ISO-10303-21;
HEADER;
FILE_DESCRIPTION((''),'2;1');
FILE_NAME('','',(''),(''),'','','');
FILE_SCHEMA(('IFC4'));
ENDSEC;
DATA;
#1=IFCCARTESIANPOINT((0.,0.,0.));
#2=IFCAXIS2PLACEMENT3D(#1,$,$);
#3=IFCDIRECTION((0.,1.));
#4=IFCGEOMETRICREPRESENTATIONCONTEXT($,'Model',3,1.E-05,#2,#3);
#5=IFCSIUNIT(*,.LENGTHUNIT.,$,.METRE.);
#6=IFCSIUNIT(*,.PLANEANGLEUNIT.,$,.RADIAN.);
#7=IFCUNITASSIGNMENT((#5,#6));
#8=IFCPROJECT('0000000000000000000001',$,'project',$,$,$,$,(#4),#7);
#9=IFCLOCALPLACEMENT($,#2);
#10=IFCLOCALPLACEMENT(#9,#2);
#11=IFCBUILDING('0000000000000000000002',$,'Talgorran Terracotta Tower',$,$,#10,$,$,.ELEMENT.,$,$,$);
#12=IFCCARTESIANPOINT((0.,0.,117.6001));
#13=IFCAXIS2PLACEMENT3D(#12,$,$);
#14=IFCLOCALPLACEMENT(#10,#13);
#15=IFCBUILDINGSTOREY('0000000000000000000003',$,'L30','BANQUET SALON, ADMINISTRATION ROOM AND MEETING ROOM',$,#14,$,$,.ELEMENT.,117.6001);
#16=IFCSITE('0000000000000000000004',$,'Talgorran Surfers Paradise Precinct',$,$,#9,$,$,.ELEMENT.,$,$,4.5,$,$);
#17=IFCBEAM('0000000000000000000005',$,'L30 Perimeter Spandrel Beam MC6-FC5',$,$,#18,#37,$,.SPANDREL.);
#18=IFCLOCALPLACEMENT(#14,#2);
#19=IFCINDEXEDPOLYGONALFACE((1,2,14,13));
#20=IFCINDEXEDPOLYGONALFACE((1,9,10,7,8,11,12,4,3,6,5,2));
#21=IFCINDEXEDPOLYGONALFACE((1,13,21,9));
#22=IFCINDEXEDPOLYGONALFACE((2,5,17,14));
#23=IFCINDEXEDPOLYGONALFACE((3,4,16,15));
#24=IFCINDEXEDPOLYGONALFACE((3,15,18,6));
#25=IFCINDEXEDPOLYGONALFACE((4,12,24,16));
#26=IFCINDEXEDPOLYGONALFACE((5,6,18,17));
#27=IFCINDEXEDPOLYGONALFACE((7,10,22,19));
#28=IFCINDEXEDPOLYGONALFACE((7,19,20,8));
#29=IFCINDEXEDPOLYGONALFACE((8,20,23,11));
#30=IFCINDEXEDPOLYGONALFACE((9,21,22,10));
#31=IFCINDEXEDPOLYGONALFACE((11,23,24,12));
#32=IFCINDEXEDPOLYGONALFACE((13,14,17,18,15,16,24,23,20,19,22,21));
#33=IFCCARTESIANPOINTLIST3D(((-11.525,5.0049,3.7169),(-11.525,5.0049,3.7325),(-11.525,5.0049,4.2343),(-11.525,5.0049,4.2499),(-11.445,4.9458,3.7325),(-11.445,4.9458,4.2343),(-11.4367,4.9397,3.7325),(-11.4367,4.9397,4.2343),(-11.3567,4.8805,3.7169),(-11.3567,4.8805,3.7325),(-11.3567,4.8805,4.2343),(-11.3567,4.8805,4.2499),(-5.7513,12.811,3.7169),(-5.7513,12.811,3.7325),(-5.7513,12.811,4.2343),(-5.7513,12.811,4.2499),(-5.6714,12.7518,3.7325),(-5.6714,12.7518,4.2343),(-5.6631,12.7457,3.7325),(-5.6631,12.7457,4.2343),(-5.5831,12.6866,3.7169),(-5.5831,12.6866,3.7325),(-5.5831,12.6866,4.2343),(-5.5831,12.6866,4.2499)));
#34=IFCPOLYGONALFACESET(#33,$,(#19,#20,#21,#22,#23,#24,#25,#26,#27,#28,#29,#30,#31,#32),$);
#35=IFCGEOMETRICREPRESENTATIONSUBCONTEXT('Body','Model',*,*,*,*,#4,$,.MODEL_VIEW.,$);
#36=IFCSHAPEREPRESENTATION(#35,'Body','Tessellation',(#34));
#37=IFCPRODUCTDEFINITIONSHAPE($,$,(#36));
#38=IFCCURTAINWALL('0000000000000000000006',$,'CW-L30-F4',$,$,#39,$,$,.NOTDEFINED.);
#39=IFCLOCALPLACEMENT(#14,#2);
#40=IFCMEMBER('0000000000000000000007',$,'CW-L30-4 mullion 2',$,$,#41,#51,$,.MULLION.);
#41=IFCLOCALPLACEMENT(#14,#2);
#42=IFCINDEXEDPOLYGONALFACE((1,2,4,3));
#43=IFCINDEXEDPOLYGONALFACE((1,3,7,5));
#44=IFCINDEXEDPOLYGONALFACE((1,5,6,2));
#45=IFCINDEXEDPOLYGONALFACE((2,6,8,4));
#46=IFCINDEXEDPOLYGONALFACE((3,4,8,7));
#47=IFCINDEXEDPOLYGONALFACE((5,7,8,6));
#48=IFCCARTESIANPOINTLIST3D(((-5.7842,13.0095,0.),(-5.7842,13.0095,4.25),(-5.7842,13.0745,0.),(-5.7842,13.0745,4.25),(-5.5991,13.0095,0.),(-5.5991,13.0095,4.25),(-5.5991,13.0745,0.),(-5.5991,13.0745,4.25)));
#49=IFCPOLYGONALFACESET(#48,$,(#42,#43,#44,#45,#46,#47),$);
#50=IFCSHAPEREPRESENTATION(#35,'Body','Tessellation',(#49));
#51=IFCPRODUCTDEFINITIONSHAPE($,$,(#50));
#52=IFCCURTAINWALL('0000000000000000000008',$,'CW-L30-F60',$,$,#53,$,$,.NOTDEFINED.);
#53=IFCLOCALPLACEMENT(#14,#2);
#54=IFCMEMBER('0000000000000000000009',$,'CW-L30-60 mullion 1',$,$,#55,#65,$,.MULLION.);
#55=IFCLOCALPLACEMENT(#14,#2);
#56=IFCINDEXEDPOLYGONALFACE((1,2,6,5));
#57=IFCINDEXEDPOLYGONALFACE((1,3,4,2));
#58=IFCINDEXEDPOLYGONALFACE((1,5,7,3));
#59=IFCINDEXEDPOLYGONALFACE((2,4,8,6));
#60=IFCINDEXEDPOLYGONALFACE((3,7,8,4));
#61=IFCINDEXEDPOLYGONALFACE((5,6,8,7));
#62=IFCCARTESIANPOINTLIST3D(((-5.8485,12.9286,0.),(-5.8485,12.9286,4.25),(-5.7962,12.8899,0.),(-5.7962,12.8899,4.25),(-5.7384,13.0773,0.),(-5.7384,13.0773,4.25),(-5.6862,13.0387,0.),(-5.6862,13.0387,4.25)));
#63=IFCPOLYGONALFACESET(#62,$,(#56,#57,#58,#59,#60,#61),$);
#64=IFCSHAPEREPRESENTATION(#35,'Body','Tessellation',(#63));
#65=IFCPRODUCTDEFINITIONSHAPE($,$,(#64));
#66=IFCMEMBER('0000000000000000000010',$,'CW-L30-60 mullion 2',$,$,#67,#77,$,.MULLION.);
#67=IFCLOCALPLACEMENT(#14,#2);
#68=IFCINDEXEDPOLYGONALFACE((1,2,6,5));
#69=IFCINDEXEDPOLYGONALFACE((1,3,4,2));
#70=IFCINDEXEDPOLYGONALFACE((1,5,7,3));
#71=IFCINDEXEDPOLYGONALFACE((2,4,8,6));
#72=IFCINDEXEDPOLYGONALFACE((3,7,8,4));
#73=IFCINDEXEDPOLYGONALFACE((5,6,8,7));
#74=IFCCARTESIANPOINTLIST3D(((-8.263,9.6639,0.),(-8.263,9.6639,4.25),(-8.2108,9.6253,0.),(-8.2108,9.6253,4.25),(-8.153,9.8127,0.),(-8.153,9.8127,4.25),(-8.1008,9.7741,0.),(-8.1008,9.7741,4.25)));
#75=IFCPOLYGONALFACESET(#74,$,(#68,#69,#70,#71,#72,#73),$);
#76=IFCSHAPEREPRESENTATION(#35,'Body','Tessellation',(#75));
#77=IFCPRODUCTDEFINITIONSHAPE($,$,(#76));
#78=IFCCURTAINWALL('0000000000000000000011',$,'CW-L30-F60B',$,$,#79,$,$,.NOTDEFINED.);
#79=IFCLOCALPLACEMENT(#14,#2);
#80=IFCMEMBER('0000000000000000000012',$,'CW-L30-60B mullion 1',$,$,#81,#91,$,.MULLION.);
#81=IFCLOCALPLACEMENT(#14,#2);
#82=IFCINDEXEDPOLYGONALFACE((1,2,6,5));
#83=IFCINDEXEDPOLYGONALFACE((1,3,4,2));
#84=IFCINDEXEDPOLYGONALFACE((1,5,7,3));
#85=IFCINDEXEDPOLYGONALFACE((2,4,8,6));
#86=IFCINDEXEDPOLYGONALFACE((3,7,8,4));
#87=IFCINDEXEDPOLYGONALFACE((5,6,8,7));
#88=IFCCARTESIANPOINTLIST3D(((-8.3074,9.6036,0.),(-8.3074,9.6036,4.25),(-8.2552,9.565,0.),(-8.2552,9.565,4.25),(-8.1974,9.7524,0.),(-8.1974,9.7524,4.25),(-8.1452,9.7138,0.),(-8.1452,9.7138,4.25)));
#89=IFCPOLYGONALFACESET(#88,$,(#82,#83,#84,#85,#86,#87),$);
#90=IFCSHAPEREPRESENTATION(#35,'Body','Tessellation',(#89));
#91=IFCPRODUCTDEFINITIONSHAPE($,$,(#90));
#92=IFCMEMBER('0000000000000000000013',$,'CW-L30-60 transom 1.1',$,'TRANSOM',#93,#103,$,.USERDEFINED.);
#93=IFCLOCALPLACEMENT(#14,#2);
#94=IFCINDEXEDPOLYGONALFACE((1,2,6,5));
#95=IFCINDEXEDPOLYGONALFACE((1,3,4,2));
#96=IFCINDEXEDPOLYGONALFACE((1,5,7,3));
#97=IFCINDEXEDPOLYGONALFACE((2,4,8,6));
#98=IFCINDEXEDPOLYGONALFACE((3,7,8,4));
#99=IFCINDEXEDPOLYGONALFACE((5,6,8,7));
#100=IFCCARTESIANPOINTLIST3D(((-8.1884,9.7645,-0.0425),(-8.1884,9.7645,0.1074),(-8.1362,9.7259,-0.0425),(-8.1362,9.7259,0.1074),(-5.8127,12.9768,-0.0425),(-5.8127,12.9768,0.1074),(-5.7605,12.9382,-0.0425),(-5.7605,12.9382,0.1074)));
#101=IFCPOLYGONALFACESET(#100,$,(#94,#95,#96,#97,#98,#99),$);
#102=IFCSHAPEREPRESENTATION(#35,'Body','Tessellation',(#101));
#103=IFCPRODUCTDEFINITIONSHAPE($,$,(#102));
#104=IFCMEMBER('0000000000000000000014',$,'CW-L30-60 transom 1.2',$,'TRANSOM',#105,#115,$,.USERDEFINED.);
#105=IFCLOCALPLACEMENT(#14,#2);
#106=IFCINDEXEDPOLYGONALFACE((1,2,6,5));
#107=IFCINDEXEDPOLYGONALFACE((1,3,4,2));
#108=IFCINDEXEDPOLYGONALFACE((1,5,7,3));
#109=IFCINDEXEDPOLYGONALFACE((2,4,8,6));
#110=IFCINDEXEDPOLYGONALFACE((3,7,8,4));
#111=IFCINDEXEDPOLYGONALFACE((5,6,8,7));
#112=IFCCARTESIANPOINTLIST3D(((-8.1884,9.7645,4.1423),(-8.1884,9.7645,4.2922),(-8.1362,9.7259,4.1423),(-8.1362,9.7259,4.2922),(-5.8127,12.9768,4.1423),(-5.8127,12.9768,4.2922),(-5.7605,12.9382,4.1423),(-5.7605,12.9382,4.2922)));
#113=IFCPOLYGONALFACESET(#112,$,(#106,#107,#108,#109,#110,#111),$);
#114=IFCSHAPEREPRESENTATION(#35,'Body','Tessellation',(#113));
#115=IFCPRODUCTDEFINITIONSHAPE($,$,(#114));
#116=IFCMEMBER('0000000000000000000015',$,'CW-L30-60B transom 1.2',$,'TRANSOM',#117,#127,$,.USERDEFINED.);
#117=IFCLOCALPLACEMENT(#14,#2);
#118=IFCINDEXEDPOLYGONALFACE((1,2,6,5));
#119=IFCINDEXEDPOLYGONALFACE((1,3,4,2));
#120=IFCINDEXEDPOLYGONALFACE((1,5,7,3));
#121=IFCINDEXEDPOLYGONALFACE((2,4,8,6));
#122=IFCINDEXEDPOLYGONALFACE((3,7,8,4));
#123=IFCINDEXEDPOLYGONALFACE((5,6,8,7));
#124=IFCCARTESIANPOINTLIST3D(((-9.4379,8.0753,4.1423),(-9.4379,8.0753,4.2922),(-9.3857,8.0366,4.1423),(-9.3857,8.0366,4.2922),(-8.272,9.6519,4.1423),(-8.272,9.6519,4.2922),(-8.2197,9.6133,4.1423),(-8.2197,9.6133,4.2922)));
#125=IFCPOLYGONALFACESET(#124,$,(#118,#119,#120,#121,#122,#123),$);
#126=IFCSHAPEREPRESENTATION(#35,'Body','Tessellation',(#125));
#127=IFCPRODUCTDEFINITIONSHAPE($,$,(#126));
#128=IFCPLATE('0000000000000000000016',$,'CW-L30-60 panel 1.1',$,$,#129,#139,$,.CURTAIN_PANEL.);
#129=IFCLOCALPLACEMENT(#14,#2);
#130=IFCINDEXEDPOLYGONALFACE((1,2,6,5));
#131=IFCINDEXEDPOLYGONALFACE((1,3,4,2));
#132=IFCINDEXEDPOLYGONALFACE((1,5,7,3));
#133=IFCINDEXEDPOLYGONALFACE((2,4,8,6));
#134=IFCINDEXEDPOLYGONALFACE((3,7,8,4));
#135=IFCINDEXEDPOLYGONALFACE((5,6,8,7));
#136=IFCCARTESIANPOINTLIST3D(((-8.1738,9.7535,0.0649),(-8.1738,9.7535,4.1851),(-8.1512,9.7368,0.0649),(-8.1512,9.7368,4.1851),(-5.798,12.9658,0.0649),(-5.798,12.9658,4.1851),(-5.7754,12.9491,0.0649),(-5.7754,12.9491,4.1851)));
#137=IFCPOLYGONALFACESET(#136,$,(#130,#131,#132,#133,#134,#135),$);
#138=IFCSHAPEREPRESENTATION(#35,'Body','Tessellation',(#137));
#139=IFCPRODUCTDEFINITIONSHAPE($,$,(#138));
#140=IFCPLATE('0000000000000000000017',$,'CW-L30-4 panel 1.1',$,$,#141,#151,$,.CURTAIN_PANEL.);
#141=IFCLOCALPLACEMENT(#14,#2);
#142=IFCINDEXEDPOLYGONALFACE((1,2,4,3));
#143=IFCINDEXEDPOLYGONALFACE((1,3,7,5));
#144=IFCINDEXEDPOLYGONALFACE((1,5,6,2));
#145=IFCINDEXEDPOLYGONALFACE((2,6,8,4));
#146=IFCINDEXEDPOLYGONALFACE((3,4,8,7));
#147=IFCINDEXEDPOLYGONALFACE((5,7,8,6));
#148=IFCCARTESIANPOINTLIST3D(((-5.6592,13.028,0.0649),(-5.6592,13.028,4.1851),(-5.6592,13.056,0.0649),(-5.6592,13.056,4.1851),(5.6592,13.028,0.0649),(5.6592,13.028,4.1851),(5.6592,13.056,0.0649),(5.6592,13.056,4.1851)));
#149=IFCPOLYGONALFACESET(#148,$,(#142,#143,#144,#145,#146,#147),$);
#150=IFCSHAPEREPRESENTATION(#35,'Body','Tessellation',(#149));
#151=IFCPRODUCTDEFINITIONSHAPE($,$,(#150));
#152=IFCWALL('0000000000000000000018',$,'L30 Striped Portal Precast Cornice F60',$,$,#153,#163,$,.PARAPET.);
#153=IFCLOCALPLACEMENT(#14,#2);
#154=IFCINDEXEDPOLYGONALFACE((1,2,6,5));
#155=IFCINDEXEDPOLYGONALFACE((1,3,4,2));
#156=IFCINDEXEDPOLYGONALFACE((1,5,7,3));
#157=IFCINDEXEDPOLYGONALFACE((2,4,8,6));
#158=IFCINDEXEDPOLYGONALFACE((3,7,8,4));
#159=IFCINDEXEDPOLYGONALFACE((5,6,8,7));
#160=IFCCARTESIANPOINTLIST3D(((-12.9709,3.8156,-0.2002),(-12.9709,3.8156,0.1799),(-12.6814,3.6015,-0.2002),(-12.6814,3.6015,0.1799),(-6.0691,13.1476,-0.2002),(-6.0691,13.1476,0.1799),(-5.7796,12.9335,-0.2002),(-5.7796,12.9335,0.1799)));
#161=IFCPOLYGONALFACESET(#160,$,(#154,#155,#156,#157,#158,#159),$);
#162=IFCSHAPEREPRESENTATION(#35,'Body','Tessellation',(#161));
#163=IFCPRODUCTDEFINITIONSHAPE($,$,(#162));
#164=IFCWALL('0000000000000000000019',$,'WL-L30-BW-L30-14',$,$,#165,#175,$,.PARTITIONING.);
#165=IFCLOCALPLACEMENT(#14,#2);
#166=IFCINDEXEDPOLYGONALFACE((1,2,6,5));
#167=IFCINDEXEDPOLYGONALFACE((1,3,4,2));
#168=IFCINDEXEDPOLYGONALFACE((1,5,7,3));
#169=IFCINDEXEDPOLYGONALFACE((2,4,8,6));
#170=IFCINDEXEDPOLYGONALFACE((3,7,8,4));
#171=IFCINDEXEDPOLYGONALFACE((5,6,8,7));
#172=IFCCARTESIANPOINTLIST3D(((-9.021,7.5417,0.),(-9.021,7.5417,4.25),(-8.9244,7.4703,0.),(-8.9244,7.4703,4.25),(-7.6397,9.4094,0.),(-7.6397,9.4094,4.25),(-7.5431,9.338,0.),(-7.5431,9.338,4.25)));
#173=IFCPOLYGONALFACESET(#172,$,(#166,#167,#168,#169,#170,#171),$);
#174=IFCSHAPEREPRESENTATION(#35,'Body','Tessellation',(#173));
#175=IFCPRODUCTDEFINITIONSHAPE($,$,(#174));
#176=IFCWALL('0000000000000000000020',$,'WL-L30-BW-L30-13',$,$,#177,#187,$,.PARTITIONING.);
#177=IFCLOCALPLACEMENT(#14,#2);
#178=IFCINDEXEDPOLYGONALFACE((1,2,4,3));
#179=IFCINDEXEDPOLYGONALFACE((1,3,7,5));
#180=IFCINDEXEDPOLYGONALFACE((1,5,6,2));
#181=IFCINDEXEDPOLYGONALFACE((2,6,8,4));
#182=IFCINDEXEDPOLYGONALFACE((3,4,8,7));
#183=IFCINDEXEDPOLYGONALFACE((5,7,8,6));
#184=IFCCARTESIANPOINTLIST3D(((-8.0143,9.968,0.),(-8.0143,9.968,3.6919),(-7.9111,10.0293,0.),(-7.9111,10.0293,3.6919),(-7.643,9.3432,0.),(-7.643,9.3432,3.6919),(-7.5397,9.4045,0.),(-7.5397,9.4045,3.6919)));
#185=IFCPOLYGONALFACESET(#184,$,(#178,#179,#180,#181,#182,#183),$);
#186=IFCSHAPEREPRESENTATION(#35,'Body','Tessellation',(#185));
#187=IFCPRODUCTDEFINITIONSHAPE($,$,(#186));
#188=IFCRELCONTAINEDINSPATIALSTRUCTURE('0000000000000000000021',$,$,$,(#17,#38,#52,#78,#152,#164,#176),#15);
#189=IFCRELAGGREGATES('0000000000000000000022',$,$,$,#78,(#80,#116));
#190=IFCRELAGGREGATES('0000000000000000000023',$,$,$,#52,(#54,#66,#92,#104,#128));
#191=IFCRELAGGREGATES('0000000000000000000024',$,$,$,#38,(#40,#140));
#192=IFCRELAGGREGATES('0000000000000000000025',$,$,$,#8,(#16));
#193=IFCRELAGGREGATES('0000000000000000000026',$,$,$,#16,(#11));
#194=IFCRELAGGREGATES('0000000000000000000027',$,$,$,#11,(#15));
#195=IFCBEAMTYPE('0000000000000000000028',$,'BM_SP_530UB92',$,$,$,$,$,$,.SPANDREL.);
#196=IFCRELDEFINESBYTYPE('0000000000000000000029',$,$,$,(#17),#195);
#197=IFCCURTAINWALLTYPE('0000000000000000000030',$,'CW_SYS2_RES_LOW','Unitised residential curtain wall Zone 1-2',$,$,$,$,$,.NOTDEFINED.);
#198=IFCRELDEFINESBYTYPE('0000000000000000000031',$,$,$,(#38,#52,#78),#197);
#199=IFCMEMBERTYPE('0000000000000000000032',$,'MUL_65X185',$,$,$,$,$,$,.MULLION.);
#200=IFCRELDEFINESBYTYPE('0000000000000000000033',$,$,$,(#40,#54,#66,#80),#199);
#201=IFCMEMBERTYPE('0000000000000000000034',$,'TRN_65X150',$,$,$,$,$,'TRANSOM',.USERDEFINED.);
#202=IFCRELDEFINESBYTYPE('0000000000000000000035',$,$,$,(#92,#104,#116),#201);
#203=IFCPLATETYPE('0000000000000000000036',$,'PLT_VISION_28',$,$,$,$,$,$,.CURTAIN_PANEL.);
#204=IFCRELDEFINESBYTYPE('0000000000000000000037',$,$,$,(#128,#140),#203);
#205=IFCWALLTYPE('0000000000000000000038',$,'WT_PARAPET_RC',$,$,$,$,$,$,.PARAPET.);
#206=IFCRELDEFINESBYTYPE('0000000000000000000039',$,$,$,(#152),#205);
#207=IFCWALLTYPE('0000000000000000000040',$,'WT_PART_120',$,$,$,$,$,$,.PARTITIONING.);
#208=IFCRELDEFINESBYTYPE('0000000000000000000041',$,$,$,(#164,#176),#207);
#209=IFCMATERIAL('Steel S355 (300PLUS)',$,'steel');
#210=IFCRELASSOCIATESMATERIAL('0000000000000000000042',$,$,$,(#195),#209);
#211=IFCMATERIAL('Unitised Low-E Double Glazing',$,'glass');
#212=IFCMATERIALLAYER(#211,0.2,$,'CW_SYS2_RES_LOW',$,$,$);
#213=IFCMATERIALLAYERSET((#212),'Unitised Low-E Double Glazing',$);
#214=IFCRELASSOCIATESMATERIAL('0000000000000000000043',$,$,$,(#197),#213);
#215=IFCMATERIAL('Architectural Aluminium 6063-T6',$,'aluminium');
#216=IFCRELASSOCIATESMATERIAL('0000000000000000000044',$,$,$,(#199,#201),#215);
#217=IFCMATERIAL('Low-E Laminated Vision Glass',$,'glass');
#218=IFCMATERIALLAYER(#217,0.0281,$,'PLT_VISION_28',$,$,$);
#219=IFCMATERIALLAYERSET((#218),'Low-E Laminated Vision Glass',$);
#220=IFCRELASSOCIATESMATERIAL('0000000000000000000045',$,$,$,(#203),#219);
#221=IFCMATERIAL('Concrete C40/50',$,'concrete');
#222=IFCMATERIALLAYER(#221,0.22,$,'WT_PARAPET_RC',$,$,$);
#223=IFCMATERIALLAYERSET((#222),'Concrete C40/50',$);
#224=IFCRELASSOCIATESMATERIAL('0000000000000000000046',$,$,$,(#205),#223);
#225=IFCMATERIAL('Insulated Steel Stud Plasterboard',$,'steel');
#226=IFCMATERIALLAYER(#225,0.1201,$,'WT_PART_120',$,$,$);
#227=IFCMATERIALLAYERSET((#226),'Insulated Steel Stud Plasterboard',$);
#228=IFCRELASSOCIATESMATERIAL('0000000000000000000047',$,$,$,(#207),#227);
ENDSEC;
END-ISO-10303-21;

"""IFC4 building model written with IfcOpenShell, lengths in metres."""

from ifc_helpers import new_model, si_unit, direction, frame, frame_2d, origin, origin_2d, place, context, subcontext, project, spatial, rectangle, i_section, extrude, source, transform, mapped, material, layer, layer_set, material_profile, profile_set, type_object, type_shapes, element, aggregate, save


model = new_model("IFC4")

# Units and contexts
model_context = context("Model", 3, precision=1e-05, world=origin(), true_north=direction((0.0, 1.0)))
body_context = subcontext(model_context, "Body", "Model", "MODEL_VIEW")
ifc_project = project(units=[si_unit("LENGTHUNIT", "METRE"), si_unit("PLANEANGLEUNIT", "RADIAN")], contexts=[model_context])

# Site, building, storey
site_placement = place(None, origin())
site = spatial("IfcSite", under=ifc_project, at=site_placement, Name="Talgorran Surfers Paradise Precinct", CompositionType="ELEMENT", RefElevation=4.5)
building_placement = place(site_placement, origin())
building = spatial("IfcBuilding", under=site, at=building_placement, Name="Talgorran Terracotta Tower", CompositionType="ELEMENT")
storey_placement = place(building_placement, frame((0.0, 0.0, 117.6001)))
storey = spatial("IfcBuildingStorey", under=building, at=storey_placement, Name="L30", Description="BANQUET SALON, ADMINISTRATION ROOM AND MEETING ROOM", CompositionType="ELEMENT", Elevation=117.6001)

# Shared definitions
ifc_material_1 = material(Name="Steel S355 (300PLUS)", Category="steel")

# Beam
ifc_material_profile_1 = material_profile(ifc_material_1, i_section(OverallWidth=0.2092, OverallDepth=0.533, WebThickness=0.0103, FlangeThickness=0.0156, at=origin_2d()), Name="530UB92.4")
ifc_profile_set_1 = profile_set([ifc_material_profile_1], Name="Steel S355 (300PLUS)")
beam_type_1 = type_object("IfcBeamType", Name="BM_SP_530UB92", PredefinedType="SPANDREL", material=ifc_profile_set_1)
beam_1_placement = place(storey_placement, frame((-5.6672, 12.7488, 3.9834), z_axis=(-0.594652, -0.803983, 0.0), x_axis=(0.803983, -0.594652, 0.0)))
element("IfcBeam", 1, at=beam_1_placement, inside=storey, type_object=beam_type_1, Name="L30 Perimeter Spandrel Beam MC6-FC5", PredefinedType="SPANDREL", context=body_context, shape_type="SweptSolid", body=[
    extrude(i_section(OverallWidth=0.2092, OverallDepth=0.533, WebThickness=0.0103, FlangeThickness=0.0156, at=origin_2d()), origin(), (0.0, 0.0, 1.0), 9.7092),
])

# Curtain wall, member
ifc_material_2 = material(Name="Unitised Low-E Double Glazing", Category="glass")
ifc_layer_1 = layer(ifc_material_2, 0.2, Name="CW_SYS2_RES_LOW")
ifc_layer_set_1 = layer_set([ifc_layer_1], Name="Unitised Low-E Double Glazing")
curtain_wall_type = type_object("IfcCurtainWallType", Name="CW_SYS2_RES_LOW", Description="Unitised residential curtain wall Zone 1-2", PredefinedType="NOTDEFINED", material=ifc_layer_set_1)
curtain_wall_1_placement = place(storey_placement, origin())
curtain_wall_1 = element("IfcCurtainWall", 2, at=curtain_wall_1_placement, inside=storey, type_object=curtain_wall_type, Name="CW-L30-F4", PredefinedType="NOTDEFINED")
ifc_material_3 = material(Name="Architectural Aluminium 6063-T6", Category="aluminium")
ifc_material_profile_2 = material_profile(ifc_material_3, rectangle(XDim=0.0649, YDim=0.1851, at=origin_2d()), Name="CWM65X185")
ifc_profile_set_2 = profile_set([ifc_material_profile_2], Name="Architectural Aluminium 6063-T6")
member_type_1 = type_object("IfcMemberType", Name="MUL_65X185", PredefinedType="MULLION", material=ifc_profile_set_2)
member_1_placement = place(storey_placement, frame((-5.6917, 13.042, 0.0), z_axis=(0.0, 0.0, 1.0), x_axis=(0.0, -1.0, 0.0)))
member_1 = element("IfcMember", 3, at=member_1_placement, type_object=member_type_1, Name="CW-L30-4 mullion 2", PredefinedType="MULLION", context=body_context, shape_type="SweptSolid", body=[
    extrude(rectangle(XDim=0.0649, YDim=0.1851, at=origin_2d()), origin(), (0.0, 0.0, 1.0), 4.25),
])

# Curtain wall, members
curtain_wall_2_placement = place(storey_placement, origin())
curtain_wall_2 = element("IfcCurtainWall", 4, at=curtain_wall_2_placement, inside=storey, type_object=curtain_wall_type, Name="CW-L30-F60", PredefinedType="NOTDEFINED")
member_2_placement = place(storey_placement, frame((-5.7673, 12.9836, 0.0), z_axis=(0.0, 0.0, 1.0), x_axis=(0.803996, -0.594634, 0.0)))
member_2 = element("IfcMember", 5, at=member_2_placement, type_object=member_type_1, Name="CW-L30-60 mullion 1", PredefinedType="MULLION", context=body_context, shape_type="SweptSolid", body=[
    extrude(rectangle(XDim=0.0649, YDim=0.1851, at=origin_2d()), origin(), (0.0, 0.0, 1.0), 4.25),
])
member_3_placement = place(storey_placement, frame((-8.1819, 9.719, 0.0), z_axis=(0.0, 0.0, 1.0), x_axis=(0.803996, -0.594634, 0.0)))
member_3 = element("IfcMember", 6, at=member_3_placement, type_object=member_type_1, Name="CW-L30-60 mullion 2", PredefinedType="MULLION", context=body_context, shape_type="SweptSolid", body=[
    extrude(rectangle(XDim=0.0649, YDim=0.1851, at=origin_2d()), origin(), (0.0, 0.0, 1.0), 4.25),
])

# Curtain wall, member
curtain_wall_3_placement = place(storey_placement, origin())
curtain_wall_3 = element("IfcCurtainWall", 7, at=curtain_wall_3_placement, inside=storey, type_object=curtain_wall_type, Name="CW-L30-F60B", PredefinedType="NOTDEFINED")
member_4_placement = place(storey_placement, frame((-8.2263, 9.6587, 0.0), z_axis=(0.0, 0.0, 1.0), x_axis=(0.803999, -0.59463, 0.0)))
member_4 = element("IfcMember", 8, at=member_4_placement, type_object=member_type_1, Name="CW-L30-60B mullion 1", PredefinedType="MULLION", context=body_context, shape_type="SweptSolid", body=[
    extrude(rectangle(XDim=0.0649, YDim=0.1851, at=origin_2d()), origin(), (0.0, 0.0, 1.0), 4.25),
])

# Members
ifc_material_profile_3 = material_profile(ifc_material_3, rectangle(XDim=0.0649, YDim=0.1499, at=origin_2d()), Name="CWT65X150")
ifc_profile_set_3 = profile_set([ifc_material_profile_3], Name="Architectural Aluminium 6063-T6")
member_type_2 = type_object("IfcMemberType", Name="TRN_65X150", ElementType="TRANSOM", PredefinedType="USERDEFINED", material=ifc_profile_set_3)
member_5_placement = place(storey_placement, frame((-5.7866, 12.9575, 0.0325), z_axis=(-0.594609, -0.804015, 0.0), x_axis=(0.804015, -0.594609, 0.0)))
member_5 = element("IfcMember", 9, at=member_5_placement, type_object=member_type_2, Name="CW-L30-60 transom 1.1", ObjectType="TRANSOM", PredefinedType="USERDEFINED", context=body_context, shape_type="SweptSolid", body=[
    extrude(rectangle(XDim=0.0649, YDim=0.1499, at=origin_2d()), origin(), (0.0, 0.0, 1.0), 3.9954),
])
member_6_placement = place(storey_placement, frame((-5.7866, 12.9575, 4.2173), z_axis=(-0.594609, -0.804015, 0.0), x_axis=(0.804015, -0.594609, 0.0)))
member_6 = element("IfcMember", 10, at=member_6_placement, type_object=member_type_2, Name="CW-L30-60 transom 1.2", ObjectType="TRANSOM", PredefinedType="USERDEFINED", context=body_context, shape_type="SweptSolid", body=[
    extrude(rectangle(XDim=0.0649, YDim=0.1499, at=origin_2d()), origin(), (0.0, 0.0, 1.0), 3.9954),
])
member_7_placement = place(storey_placement, frame((-8.2458, 9.6326, 4.2173), z_axis=(-0.594608, -0.804016, 0.0), x_axis=(0.804016, -0.594608, 0.0)))
member_7 = element("IfcMember", 11, at=member_7_placement, type_object=member_type_2, Name="CW-L30-60B transom 1.2", ObjectType="TRANSOM", PredefinedType="USERDEFINED", context=body_context, shape_type="SweptSolid", body=[
    extrude(rectangle(XDim=0.0649, YDim=0.1499, at=origin_2d()), origin(), (0.0, 0.0, 1.0), 1.9609),
])
aggregate(curtain_wall_3, [member_4, member_7])

# Plates
ifc_material_4 = material(Name="Low-E Laminated Vision Glass", Category="glass")
ifc_layer_2 = layer(ifc_material_4, 0.0281, Name="PLT_VISION_28")
ifc_layer_set_2 = layer_set([ifc_layer_2], Name="Low-E Laminated Vision Glass")
plate_type = type_object("IfcPlateType", Name="PLT_VISION_28", PredefinedType="CURTAIN_PANEL", material=ifc_layer_set_2)
shared_shape_1 = source(origin(), body_context, "Body", "SweptSolid", [
    extrude(rectangle(XDim=3.9954, YDim=0.0281, at=origin_2d()), origin(), (0.0, 0.0, 1.0), 4.1201),
])
plate_1_placement = place(storey_placement, frame((-6.9746, 11.3513, 0.0649), z_axis=(0.0, 0.0, 1.0), x_axis=(-0.594634, -0.803996, 0.0)))
plate_1 = element("IfcPlate", 12, at=plate_1_placement, type_object=plate_type, Name="CW-L30-60 panel 1.1", PredefinedType="CURTAIN_PANEL", context=body_context, shape_type="MappedRepresentation", body=[
    mapped(shared_shape_1, transform((0.0, 0.0, 0.0), scale=1.0)),
])
aggregate(curtain_wall_2, [member_2, member_3, member_5, member_6, plate_1])
shared_shape_2 = source(origin(), body_context, "Body", "SweptSolid", [
    extrude(rectangle(XDim=11.3184, YDim=0.0281, at=origin_2d()), origin(), (0.0, 0.0, 1.0), 4.1201),
])
type_shapes(plate_type, [shared_shape_1, shared_shape_2])
plate_2_placement = place(storey_placement, frame((0.0, 13.042, 0.0649), z_axis=(0.0, 0.0, 1.0), x_axis=(-1.0, 0.0, 0.0)))
plate_2 = element("IfcPlate", 13, at=plate_2_placement, type_object=plate_type, Name="CW-L30-4 panel 1.1", PredefinedType="CURTAIN_PANEL", context=body_context, shape_type="MappedRepresentation", body=[
    mapped(shared_shape_2, transform((0.0, 0.0, 0.0), scale=1.0)),
])
aggregate(curtain_wall_1, [member_1, plate_2])

# Walls
ifc_material_5 = material(Name="Concrete C40/50", Category="concrete")
ifc_layer_3 = layer(ifc_material_5, 0.22, Name="WT_PARAPET_RC")
ifc_layer_set_3 = layer_set([ifc_layer_3], Name="Concrete C40/50")
wall_type_1 = type_object("IfcWallType", Name="WT_PARAPET_RC", PredefinedType="PARAPET", material=ifc_layer_set_3)
wall_1_placement = place(storey_placement, frame((-5.9243, 13.0405, -0.2002), z_axis=(0.0, 0.0, 1.0), x_axis=(-0.594629, -0.804, 0.0)))
element("IfcWall", 14, at=wall_1_placement, inside=storey, type_object=wall_type_1, Name="L30 Striped Portal Precast Cornice F60", PredefinedType="PARAPET", context=body_context, shape_type="SweptSolid", body=[
    extrude(rectangle(XDim=11.6069, YDim=0.3601, at=frame_2d((5.8035, 0.0))), origin(), (0.0, 0.0, 1.0), 0.3801),
])
ifc_material_6 = material(Name="Insulated Steel Stud Plasterboard", Category="steel")
ifc_layer_4 = layer(ifc_material_6, 0.1201, Name="WT_PART_120")
ifc_layer_set_4 = layer_set([ifc_layer_4], Name="Insulated Steel Stud Plasterboard")
wall_type_2 = type_object("IfcWallType", Name="WT_PART_120", PredefinedType="PARTITIONING", material=ifc_layer_set_4)
wall_2_placement = place(storey_placement, frame((-7.5913, 9.3738, 0.0), z_axis=(0.0, 0.0, 1.0), x_axis=(-0.594639, -0.803993, 0.0)))
element("IfcWall", 15, at=wall_2_placement, inside=storey, type_object=wall_type_2, Name="WL-L30-BW-L30-14", PredefinedType="PARTITIONING", context=body_context, shape_type="SweptSolid", body=[
    extrude(rectangle(XDim=2.323, YDim=0.1201, at=frame_2d((1.1616, 0.0))), origin(), (0.0, 0.0, 1.0), 4.25),
])
wall_3_placement = place(storey_placement, frame((-7.9626, 9.9985, 0.0), z_axis=(0.0, 0.0, 1.0), x_axis=(0.510935, -0.85962, 0.0)))
element("IfcWall", 16, at=wall_3_placement, inside=storey, type_object=wall_type_2, Name="WL-L30-BW-L30-13", PredefinedType="PARTITIONING", context=body_context, shape_type="SweptSolid", body=[
    extrude(rectangle(XDim=0.7268, YDim=0.1201, at=frame_2d((0.3633, 0.0))), origin(), (0.0, 0.0, 1.0), 3.6919),
])

save(model, "model.ifc")
